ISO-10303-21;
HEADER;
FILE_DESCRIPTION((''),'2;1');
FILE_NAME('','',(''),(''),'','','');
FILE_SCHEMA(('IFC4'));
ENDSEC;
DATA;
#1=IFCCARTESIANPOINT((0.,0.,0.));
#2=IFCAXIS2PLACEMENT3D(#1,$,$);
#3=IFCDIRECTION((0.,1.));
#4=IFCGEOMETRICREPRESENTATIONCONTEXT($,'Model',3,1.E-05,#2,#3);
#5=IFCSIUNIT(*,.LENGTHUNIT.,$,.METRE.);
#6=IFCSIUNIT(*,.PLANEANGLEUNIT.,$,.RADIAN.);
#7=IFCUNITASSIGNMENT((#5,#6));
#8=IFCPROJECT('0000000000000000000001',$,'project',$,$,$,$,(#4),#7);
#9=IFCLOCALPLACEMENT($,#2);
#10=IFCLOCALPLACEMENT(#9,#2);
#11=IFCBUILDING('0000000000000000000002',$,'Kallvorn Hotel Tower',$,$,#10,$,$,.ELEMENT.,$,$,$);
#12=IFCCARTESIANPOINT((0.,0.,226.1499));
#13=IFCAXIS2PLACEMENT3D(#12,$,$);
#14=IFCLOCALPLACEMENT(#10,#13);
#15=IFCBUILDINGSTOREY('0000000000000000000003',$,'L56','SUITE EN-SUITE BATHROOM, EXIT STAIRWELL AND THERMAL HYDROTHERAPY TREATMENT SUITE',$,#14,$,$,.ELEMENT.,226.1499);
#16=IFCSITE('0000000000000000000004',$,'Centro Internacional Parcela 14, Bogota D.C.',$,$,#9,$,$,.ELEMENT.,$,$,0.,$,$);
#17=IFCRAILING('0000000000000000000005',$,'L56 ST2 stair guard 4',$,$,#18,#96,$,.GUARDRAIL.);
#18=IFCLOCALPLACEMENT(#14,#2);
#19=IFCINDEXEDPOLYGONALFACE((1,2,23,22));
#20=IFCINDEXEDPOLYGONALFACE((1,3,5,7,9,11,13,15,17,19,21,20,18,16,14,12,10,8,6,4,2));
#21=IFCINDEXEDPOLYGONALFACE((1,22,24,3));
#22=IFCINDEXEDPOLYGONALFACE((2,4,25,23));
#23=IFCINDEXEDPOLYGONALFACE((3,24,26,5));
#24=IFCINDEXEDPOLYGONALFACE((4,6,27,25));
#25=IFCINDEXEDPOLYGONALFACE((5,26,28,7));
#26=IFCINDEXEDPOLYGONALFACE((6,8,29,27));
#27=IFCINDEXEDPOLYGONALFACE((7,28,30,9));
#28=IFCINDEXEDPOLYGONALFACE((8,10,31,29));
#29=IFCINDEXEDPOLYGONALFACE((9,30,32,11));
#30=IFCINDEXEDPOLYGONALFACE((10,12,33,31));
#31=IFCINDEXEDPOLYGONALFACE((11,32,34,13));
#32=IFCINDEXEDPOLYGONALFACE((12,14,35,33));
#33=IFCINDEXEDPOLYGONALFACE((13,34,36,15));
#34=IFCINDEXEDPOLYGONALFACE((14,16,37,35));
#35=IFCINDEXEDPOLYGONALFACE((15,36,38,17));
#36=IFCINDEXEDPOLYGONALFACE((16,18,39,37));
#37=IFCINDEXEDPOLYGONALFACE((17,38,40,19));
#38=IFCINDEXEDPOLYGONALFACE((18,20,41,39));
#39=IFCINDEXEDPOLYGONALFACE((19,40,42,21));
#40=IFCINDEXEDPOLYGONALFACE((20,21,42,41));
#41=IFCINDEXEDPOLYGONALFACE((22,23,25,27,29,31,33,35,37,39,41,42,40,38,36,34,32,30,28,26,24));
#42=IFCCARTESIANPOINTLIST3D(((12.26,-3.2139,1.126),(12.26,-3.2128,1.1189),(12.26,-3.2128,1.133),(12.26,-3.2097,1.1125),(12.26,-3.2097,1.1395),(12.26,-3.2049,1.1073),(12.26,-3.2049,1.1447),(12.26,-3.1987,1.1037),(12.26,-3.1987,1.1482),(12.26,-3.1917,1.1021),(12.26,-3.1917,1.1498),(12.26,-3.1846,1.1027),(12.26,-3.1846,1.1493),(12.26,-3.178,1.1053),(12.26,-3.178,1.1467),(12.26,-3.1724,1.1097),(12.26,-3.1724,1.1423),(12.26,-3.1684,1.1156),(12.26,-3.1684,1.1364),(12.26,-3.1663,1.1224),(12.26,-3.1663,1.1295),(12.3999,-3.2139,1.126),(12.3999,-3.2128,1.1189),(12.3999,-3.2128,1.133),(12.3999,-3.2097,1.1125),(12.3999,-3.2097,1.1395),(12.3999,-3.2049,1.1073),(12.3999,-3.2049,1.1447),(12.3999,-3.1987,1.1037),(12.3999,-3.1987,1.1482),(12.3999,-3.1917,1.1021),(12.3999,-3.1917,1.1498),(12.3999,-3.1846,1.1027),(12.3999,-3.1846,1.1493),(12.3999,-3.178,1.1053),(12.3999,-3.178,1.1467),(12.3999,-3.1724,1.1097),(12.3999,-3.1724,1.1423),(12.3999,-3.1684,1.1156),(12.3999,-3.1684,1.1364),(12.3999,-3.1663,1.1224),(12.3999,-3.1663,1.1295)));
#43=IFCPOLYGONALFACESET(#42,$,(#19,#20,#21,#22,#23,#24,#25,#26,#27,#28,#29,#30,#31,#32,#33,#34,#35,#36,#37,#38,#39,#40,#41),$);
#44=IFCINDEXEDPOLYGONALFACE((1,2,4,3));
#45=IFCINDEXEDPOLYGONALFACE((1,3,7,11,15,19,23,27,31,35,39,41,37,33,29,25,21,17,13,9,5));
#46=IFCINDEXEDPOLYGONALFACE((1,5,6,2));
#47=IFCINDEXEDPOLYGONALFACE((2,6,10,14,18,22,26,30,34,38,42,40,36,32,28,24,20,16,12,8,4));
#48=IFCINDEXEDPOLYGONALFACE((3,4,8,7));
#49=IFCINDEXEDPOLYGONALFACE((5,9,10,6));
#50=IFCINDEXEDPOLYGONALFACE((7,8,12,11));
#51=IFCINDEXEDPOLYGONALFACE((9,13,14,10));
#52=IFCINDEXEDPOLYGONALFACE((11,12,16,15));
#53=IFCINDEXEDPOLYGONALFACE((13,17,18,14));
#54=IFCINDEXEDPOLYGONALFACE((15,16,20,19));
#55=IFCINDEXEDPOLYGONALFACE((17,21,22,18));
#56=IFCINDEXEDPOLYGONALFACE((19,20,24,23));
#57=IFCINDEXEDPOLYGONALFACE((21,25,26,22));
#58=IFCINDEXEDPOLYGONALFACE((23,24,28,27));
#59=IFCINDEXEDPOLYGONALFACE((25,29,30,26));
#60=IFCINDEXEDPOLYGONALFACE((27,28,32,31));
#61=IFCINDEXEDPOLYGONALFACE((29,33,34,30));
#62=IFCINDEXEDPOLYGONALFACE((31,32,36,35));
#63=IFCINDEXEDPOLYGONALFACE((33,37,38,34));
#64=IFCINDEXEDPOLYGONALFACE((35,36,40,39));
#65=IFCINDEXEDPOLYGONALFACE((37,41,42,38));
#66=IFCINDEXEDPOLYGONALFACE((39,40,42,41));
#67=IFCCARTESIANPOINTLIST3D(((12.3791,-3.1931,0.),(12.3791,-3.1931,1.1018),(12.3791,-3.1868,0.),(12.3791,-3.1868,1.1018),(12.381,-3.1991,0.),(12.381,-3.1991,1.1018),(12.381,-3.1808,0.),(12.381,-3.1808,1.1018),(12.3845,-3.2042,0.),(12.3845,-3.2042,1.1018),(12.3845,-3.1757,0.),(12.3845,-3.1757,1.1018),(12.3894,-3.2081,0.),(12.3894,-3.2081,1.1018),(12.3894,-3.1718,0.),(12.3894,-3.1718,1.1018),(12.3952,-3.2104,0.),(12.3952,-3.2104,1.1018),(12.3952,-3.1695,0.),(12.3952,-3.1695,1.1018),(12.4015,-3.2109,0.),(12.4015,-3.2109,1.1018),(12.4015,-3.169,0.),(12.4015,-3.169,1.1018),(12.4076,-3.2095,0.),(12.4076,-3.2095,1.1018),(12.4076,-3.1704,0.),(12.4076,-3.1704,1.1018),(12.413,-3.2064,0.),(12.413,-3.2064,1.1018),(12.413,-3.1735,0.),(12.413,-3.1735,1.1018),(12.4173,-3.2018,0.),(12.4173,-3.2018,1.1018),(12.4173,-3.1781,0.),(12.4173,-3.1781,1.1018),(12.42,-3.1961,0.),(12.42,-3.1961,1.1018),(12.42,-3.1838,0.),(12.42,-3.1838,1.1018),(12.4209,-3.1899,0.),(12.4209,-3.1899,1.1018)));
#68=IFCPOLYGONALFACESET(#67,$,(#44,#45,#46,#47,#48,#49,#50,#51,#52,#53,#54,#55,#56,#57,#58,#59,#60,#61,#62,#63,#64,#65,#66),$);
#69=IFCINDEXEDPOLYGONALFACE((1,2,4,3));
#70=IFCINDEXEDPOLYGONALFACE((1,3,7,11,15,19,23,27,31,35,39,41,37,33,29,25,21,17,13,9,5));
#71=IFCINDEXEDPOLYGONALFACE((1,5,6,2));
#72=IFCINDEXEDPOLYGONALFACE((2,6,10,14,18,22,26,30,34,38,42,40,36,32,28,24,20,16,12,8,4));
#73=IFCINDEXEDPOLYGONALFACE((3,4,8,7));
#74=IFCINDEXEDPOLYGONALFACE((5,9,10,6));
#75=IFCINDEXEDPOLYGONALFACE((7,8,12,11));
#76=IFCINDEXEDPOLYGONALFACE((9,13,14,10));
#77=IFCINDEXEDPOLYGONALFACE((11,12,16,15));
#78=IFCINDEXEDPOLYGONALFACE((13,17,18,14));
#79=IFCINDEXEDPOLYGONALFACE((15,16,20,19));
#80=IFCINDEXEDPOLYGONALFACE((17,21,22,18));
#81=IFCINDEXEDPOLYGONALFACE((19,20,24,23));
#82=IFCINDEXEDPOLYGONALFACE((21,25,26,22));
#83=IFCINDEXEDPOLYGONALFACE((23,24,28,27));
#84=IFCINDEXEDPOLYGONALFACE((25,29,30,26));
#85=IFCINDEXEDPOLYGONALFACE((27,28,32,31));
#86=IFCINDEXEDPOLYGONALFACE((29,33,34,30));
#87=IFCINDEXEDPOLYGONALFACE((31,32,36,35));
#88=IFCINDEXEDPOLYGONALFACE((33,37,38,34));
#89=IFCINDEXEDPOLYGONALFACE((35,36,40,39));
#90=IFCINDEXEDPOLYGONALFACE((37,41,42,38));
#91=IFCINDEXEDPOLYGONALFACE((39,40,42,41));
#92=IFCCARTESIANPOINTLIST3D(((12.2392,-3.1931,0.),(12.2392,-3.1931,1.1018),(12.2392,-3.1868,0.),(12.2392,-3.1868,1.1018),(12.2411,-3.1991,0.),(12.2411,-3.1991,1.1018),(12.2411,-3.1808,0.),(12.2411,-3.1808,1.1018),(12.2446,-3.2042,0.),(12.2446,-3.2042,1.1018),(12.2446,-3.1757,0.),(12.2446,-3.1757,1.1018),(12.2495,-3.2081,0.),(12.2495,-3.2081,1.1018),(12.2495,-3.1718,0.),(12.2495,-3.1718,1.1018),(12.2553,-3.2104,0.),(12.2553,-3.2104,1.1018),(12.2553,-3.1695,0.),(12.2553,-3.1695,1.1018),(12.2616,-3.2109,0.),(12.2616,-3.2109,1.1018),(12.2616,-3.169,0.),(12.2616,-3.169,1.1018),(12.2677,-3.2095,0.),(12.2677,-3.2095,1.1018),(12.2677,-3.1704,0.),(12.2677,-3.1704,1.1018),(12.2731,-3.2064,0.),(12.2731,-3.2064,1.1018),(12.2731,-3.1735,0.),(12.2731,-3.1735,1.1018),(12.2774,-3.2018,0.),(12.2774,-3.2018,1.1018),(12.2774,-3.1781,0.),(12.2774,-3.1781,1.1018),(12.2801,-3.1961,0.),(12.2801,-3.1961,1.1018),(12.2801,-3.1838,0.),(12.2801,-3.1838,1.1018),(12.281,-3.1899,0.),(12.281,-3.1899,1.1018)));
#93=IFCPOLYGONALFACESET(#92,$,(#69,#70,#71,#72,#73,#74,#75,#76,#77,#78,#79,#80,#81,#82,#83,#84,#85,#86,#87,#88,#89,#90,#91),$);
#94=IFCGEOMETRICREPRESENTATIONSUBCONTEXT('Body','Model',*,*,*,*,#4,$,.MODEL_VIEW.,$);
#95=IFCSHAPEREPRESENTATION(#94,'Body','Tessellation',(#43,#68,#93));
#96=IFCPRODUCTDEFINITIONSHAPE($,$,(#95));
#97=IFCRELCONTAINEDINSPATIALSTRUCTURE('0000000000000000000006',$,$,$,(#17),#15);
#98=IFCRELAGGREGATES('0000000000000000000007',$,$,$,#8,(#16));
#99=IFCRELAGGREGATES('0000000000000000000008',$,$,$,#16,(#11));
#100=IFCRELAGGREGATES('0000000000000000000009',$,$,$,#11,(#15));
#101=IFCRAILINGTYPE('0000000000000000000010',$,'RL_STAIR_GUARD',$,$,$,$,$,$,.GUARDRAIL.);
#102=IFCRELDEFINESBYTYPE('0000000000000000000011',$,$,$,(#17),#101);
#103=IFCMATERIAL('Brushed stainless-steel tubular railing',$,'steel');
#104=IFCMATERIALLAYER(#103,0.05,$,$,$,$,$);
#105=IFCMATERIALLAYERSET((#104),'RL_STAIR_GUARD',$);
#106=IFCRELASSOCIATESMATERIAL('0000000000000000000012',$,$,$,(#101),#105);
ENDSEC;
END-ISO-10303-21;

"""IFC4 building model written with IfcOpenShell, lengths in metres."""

from ifc_helpers import new_model, si_unit, direction, frame, origin, origin_2d, place, context, subcontext, project, spatial, circle, extrude, material, layer, layer_set, type_object, element, save


model = new_model("IFC4")

# Units and contexts
model_context = context("Model", 3, precision=1e-05, world=origin(), true_north=direction((0.0, 1.0)))
body_context = subcontext(model_context, "Body", "Model", "MODEL_VIEW")
ifc_project = project(units=[si_unit("LENGTHUNIT", "METRE"), si_unit("PLANEANGLEUNIT", "RADIAN")], contexts=[model_context])

# Site, building, storey
site_placement = place(None, origin())
site = spatial("IfcSite", under=ifc_project, at=site_placement, Name="Centro Internacional Parcela 14, Bogota D.C.", CompositionType="ELEMENT", RefElevation=0.0)
building_placement = place(site_placement, origin())
building = spatial("IfcBuilding", under=site, at=building_placement, Name="Kallvorn Hotel Tower", CompositionType="ELEMENT")
storey_placement = place(building_placement, frame((0.0, 0.0, 226.1499)))
storey = spatial("IfcBuildingStorey", under=building, at=storey_placement, Name="L56", Description="SUITE EN-SUITE BATHROOM, EXIT STAIRWELL AND THERMAL HYDROTHERAPY TREATMENT SUITE", CompositionType="ELEMENT", Elevation=226.1499)

# Railing
ifc_material_1 = material(Name="Brushed stainless-steel tubular railing", Category="steel")
ifc_layer_1 = layer(ifc_material_1, 0.05)
ifc_layer_set_1 = layer_set([ifc_layer_1], Name="RL_STAIR_GUARD")
railing_type_1 = type_object("IfcRailingType", Name="RL_STAIR_GUARD", PredefinedType="GUARDRAIL", material=ifc_layer_set_1)
railing_1_placement = place(storey_placement, frame((12.3999, -3.1899, 0.0)))
element("IfcRailing", 1, at=railing_1_placement, inside=storey, type_object=railing_type_1, Name="L56 ST2 stair guard 4", PredefinedType="GUARDRAIL", context=body_context, shape_type="SweptSolid", body=[
    extrude(circle(Radius=0.0239, at=origin_2d()), frame((0.0, 0.0, 1.126), z_axis=(-1.0, 0.0, 0.0), x_axis=(0.0, -1.0, 0.0)), (0.0, 0.0, 1.0), 0.1399),
    extrude(circle(Radius=0.021, at=origin_2d()), origin(), (0.0, 0.0, 1.0), 1.1018),
    extrude(circle(Radius=0.021, at=origin_2d()), frame((-0.1399, 0.0, 0.0)), (0.0, 0.0, 1.0), 1.1018),
])

save(model, "model.ifc")
